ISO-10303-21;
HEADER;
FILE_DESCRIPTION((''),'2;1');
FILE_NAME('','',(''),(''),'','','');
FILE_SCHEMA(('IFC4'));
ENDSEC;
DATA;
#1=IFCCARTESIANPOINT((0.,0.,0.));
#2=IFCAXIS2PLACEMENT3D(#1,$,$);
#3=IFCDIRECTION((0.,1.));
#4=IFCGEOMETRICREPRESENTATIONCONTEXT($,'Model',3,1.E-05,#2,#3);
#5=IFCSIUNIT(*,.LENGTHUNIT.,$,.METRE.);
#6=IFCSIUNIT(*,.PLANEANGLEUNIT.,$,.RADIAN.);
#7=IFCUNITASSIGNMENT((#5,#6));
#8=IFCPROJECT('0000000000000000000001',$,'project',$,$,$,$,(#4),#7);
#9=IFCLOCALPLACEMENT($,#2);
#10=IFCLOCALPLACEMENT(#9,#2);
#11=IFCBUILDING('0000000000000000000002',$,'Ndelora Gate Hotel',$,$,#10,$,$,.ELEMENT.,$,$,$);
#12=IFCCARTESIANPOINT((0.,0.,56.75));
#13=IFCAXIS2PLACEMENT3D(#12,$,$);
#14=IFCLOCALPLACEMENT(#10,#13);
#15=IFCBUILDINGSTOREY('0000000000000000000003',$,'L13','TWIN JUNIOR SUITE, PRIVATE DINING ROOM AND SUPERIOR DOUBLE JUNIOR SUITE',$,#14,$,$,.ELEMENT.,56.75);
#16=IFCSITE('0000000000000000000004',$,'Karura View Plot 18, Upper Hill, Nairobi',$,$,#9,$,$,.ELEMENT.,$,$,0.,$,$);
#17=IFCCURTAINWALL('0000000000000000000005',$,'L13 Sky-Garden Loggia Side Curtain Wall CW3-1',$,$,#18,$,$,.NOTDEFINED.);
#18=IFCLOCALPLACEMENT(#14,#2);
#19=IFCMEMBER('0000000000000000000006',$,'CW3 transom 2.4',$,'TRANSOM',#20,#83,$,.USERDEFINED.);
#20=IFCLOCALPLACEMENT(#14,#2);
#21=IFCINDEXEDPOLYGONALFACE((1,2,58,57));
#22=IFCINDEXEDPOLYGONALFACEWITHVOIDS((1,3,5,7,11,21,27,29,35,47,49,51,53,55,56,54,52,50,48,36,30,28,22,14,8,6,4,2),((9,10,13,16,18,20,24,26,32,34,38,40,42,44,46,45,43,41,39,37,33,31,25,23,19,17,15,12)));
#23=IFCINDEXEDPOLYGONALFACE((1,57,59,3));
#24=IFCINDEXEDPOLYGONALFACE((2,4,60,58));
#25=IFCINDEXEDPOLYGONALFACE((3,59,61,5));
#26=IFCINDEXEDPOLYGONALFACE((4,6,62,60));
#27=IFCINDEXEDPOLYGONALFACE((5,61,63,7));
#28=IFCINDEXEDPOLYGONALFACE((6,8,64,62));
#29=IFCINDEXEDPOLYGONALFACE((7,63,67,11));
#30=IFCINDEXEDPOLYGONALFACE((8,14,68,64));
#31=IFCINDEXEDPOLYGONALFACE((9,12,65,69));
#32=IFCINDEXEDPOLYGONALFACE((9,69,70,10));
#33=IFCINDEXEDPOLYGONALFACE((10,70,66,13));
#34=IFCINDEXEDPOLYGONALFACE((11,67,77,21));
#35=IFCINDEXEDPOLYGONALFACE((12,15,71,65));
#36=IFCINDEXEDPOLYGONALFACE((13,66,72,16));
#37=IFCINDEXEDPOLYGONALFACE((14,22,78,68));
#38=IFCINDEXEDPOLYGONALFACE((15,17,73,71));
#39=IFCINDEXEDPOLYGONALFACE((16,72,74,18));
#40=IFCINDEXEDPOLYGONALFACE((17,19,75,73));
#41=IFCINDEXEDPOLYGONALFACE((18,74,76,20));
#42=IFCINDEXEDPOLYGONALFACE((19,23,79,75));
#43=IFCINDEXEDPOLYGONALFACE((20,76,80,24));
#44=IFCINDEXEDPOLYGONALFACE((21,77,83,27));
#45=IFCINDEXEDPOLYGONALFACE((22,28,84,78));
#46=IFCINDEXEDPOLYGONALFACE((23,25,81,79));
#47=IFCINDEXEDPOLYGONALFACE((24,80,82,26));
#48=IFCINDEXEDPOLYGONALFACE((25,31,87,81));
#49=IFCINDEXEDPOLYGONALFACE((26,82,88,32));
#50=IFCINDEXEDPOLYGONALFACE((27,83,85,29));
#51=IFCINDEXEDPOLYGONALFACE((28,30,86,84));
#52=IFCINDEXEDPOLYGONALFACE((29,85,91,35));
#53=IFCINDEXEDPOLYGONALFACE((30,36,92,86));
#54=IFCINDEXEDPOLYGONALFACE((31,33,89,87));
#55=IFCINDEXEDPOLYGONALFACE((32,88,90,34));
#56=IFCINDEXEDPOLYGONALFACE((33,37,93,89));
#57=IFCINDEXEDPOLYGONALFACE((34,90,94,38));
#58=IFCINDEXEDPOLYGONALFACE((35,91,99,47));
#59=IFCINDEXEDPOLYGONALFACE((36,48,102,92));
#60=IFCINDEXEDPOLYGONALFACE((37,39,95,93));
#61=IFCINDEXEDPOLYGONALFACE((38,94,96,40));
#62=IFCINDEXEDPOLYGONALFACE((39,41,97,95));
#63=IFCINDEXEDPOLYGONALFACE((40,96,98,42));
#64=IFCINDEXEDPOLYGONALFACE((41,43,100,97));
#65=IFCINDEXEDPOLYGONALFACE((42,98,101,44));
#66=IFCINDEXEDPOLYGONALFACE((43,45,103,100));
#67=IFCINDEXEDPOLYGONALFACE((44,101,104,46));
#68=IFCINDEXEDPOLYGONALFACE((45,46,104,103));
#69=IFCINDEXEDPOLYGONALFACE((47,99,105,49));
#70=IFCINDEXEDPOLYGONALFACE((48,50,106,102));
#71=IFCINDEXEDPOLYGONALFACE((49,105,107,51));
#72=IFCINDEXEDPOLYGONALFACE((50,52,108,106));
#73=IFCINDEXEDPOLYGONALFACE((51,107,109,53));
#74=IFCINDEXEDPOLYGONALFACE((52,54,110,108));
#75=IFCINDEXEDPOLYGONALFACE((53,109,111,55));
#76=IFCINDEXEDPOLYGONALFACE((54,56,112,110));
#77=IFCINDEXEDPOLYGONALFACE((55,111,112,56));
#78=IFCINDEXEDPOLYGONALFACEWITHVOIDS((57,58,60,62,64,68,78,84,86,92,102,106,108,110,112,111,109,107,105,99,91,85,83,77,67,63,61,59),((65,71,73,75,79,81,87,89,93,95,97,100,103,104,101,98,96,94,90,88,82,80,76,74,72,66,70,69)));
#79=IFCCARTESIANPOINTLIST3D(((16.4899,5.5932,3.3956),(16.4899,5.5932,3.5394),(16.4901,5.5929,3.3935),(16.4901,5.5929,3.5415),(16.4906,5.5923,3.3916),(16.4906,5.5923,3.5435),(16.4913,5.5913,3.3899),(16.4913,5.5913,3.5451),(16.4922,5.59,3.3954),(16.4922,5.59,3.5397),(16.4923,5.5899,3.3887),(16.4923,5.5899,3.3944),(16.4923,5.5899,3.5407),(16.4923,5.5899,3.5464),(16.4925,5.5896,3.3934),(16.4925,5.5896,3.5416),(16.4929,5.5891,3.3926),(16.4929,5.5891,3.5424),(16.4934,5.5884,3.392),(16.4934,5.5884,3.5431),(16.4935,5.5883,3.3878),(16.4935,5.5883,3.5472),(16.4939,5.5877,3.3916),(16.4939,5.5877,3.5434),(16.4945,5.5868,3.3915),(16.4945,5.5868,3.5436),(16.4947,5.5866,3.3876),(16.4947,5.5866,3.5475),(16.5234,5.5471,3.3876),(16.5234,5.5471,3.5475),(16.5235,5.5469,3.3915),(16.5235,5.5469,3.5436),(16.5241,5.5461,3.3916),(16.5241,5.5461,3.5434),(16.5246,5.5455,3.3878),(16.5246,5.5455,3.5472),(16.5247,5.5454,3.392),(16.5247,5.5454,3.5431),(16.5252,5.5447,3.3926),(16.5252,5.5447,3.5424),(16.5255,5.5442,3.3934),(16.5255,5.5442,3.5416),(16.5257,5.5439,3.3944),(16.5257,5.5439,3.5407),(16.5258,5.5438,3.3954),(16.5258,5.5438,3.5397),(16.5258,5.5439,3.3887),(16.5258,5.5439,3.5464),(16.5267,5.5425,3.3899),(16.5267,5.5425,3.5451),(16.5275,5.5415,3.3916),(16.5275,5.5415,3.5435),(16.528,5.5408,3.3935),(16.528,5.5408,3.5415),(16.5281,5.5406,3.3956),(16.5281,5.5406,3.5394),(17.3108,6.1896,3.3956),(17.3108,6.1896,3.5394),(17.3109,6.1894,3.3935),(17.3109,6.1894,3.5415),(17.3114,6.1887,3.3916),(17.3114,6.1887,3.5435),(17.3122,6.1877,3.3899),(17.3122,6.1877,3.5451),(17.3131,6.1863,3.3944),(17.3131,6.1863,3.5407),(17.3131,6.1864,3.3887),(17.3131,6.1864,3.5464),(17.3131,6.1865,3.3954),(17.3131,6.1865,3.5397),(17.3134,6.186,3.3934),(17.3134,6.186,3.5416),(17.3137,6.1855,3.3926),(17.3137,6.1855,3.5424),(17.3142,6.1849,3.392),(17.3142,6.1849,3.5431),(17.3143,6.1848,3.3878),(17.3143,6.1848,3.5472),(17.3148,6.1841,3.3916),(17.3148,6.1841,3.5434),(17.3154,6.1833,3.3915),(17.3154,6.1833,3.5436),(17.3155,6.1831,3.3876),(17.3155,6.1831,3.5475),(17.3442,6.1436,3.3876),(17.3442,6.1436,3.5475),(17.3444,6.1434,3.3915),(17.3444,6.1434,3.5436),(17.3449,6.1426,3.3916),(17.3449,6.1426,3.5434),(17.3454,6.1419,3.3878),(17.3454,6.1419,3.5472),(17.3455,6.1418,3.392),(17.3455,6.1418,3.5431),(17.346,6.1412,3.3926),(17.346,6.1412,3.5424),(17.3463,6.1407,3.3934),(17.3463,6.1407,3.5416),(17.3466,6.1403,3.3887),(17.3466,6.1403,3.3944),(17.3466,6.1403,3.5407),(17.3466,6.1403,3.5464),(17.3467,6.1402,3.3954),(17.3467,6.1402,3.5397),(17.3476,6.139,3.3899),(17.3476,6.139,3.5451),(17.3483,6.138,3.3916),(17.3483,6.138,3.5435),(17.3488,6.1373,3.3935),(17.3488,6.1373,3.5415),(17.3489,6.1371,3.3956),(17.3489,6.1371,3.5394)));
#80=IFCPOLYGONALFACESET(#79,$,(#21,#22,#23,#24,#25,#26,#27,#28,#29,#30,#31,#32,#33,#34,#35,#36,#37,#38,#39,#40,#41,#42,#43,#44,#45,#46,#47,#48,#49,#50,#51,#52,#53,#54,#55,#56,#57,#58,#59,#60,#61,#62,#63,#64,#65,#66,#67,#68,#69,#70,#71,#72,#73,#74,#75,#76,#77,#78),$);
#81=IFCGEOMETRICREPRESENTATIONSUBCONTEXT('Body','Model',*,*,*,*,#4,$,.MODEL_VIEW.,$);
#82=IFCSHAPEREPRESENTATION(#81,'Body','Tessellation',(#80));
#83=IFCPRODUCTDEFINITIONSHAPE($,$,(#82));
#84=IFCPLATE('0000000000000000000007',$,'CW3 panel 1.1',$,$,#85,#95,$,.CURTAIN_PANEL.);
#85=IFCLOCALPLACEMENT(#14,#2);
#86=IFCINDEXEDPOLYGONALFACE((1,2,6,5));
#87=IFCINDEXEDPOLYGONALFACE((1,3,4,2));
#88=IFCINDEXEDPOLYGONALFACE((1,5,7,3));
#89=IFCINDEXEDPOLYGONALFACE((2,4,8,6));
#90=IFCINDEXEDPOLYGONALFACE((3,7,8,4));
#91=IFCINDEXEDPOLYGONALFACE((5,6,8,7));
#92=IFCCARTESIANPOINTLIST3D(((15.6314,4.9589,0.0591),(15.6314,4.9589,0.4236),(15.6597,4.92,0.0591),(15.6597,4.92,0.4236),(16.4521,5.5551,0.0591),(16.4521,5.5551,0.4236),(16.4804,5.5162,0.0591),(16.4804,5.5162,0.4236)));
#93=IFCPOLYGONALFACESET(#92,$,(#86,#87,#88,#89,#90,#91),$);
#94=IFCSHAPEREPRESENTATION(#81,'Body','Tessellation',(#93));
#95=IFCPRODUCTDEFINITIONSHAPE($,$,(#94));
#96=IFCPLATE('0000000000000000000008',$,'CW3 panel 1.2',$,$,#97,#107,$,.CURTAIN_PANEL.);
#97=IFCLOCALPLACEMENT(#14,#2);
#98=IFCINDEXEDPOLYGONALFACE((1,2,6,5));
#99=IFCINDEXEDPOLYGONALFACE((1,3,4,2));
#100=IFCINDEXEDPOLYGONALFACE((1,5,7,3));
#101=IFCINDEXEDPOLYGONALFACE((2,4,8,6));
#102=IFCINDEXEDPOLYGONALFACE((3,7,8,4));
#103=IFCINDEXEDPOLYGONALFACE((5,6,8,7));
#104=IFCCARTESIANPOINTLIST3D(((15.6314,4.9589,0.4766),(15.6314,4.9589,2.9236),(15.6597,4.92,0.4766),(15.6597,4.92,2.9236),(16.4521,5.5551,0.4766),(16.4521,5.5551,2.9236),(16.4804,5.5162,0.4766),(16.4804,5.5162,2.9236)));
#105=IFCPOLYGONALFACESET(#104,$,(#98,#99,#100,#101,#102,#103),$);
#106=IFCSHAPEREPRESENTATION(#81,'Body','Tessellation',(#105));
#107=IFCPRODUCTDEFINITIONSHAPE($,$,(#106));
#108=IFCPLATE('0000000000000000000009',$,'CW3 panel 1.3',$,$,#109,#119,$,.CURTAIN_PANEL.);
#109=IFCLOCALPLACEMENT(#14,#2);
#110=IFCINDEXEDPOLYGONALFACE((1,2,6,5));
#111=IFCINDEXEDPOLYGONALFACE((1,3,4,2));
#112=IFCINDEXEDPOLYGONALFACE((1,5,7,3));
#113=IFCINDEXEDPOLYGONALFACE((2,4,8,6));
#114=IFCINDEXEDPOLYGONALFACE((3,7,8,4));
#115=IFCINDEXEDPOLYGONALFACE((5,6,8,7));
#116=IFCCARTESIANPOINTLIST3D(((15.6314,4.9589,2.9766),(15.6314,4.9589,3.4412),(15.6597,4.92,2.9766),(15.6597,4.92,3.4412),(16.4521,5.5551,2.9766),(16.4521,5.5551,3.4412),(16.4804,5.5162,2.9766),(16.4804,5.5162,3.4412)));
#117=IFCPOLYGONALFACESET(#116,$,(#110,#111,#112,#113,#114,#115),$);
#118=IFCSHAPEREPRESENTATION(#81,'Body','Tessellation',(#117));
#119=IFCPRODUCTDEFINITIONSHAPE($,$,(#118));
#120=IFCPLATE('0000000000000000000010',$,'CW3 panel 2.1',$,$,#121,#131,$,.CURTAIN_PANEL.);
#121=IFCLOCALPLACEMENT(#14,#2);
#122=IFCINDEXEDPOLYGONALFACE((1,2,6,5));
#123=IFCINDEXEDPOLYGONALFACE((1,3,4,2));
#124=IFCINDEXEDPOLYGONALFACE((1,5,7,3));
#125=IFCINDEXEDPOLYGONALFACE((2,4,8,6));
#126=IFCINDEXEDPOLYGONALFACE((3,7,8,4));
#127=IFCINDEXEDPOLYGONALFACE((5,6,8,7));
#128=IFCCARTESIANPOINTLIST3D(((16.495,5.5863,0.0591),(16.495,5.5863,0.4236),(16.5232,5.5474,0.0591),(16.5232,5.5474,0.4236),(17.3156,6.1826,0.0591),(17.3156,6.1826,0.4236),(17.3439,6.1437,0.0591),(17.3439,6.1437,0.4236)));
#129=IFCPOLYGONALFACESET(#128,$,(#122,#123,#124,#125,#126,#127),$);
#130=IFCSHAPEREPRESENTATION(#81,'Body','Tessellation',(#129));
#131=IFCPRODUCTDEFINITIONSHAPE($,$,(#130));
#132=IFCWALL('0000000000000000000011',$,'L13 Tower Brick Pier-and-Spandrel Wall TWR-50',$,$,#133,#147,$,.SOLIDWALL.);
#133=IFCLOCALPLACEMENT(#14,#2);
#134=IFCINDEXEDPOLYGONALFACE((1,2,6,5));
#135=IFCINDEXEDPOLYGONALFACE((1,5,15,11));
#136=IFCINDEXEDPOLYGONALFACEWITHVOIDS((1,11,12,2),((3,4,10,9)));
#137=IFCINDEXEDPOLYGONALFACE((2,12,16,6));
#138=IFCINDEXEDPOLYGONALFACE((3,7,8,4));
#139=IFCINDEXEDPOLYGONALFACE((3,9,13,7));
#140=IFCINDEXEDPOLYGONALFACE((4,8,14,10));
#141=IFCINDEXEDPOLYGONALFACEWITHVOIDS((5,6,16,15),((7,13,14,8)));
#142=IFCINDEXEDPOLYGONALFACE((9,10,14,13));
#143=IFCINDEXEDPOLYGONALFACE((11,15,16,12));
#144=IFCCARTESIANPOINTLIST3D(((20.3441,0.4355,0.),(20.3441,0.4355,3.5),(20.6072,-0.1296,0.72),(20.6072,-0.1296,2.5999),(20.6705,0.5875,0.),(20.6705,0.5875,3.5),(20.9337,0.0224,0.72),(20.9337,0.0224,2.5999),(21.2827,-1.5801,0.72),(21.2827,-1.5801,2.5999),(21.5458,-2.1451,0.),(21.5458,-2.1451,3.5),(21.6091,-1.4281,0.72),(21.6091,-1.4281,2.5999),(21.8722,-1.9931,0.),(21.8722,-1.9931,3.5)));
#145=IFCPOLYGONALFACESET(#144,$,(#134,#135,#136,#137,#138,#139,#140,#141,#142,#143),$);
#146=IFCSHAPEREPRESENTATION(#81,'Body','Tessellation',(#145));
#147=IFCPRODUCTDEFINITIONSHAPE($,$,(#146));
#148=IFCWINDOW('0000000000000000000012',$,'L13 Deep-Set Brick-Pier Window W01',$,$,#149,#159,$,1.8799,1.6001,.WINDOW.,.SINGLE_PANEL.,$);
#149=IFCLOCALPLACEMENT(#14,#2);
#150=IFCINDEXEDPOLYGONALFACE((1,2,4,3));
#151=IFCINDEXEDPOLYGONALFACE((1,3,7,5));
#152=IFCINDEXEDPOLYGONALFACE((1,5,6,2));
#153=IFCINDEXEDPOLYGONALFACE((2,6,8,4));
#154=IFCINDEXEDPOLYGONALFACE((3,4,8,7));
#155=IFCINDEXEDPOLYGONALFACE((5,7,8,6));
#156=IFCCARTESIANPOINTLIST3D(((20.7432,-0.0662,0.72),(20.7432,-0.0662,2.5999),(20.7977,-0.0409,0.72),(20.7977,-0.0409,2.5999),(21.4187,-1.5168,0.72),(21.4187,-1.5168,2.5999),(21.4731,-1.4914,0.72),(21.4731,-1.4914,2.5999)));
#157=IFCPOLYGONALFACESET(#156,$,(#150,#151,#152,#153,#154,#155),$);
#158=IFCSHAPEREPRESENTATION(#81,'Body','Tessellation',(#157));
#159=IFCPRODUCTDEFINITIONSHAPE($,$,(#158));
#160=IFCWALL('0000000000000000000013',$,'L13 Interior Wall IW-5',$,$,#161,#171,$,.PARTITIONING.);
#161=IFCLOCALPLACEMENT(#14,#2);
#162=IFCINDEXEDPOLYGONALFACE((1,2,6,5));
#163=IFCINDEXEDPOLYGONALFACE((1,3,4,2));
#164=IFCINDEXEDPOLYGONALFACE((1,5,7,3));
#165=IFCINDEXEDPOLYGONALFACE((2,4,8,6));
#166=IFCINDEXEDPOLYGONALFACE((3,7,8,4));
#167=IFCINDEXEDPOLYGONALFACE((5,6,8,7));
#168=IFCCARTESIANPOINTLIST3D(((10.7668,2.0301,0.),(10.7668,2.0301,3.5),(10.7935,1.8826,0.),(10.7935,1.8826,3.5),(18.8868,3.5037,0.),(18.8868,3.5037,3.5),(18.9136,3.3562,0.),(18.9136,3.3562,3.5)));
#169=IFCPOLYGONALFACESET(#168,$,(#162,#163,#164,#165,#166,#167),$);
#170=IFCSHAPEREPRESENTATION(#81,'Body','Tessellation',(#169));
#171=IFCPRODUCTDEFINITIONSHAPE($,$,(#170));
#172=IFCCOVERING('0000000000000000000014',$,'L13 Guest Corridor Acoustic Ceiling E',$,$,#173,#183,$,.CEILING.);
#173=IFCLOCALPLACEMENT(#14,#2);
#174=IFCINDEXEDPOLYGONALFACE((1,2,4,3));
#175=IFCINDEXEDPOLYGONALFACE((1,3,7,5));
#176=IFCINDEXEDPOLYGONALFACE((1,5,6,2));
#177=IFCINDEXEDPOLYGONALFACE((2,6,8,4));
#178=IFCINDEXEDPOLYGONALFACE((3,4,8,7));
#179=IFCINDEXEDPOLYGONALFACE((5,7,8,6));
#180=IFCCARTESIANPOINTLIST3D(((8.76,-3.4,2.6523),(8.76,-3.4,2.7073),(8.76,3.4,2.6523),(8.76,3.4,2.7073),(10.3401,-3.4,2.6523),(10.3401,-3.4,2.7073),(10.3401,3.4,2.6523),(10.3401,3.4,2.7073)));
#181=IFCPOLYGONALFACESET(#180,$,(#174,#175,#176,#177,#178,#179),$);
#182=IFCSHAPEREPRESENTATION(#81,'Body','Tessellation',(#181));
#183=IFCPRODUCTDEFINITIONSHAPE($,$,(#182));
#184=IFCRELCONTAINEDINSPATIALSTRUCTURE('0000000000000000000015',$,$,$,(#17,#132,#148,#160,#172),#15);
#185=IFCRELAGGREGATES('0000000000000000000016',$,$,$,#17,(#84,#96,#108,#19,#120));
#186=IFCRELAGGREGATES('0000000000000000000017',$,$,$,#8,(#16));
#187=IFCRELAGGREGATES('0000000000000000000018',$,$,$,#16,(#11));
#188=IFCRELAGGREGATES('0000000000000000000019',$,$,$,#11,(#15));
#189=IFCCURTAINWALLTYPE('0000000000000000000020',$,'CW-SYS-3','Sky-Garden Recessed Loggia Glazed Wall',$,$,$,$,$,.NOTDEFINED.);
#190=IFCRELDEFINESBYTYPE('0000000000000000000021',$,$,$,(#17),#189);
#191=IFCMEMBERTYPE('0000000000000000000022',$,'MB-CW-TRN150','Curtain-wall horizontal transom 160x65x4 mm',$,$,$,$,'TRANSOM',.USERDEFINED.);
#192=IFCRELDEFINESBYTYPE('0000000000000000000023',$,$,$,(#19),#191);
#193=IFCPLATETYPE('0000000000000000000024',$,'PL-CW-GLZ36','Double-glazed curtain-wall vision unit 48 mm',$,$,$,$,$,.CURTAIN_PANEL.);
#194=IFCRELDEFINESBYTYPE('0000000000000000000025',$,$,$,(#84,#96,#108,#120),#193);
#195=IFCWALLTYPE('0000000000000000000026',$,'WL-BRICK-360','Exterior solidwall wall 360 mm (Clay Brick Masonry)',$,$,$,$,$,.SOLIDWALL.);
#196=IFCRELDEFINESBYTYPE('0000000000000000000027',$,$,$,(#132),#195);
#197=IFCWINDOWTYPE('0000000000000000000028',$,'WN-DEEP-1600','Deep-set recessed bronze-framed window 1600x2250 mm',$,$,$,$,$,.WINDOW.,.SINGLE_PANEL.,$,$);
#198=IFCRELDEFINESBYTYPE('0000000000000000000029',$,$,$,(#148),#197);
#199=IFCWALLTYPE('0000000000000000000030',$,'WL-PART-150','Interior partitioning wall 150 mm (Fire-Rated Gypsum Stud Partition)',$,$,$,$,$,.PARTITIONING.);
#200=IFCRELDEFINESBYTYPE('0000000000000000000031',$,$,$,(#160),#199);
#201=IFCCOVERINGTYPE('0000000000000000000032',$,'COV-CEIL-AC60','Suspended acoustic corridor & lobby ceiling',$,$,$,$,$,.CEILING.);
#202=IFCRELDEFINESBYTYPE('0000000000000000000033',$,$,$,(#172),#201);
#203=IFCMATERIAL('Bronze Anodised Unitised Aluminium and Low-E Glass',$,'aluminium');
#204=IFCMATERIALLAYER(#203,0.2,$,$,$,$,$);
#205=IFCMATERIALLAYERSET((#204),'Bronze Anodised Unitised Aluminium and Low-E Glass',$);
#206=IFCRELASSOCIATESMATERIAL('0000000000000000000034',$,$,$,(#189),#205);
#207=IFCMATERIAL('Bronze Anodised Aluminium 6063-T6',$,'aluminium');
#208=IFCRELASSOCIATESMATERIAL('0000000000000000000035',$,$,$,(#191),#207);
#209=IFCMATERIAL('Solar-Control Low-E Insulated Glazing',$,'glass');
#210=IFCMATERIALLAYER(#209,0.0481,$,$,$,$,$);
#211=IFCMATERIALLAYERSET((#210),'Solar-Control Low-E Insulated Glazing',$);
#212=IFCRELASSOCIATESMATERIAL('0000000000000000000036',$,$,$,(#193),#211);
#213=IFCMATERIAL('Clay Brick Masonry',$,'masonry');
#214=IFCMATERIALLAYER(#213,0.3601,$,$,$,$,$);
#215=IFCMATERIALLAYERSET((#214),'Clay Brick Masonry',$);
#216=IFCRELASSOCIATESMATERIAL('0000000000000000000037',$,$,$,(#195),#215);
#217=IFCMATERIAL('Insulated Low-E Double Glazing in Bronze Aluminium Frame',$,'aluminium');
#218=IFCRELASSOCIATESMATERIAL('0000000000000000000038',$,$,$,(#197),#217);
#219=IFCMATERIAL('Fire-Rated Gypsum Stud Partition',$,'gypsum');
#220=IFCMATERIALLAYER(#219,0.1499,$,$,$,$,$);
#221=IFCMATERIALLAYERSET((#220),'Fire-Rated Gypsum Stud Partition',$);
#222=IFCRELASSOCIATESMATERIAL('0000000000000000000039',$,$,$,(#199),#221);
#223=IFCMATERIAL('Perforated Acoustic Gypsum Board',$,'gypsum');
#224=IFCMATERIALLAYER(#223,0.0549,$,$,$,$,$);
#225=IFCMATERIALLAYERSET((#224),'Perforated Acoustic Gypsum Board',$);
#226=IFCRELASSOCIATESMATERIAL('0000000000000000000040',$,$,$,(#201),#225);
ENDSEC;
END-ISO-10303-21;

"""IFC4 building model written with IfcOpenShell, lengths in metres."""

from ifc_helpers import new_model, si_unit, direction, frame, frame_2d, origin, origin_2d, place, context, subcontext, project, spatial, rectangle, hollow_rectangle, extrude, material, layer, layer_set, material_profile, profile_set, type_object, element, fill, aggregate, save


model = new_model("IFC4")

# Units and contexts
model_context = context("Model", 3, precision=1e-05, world=origin(), true_north=direction((0.0, 1.0)))
body_context = subcontext(model_context, "Body", "Model", "MODEL_VIEW")
ifc_project = project(units=[si_unit("LENGTHUNIT", "METRE"), si_unit("PLANEANGLEUNIT", "RADIAN")], contexts=[model_context])

# Site, building, storey
site_placement = place(None, origin())
site = spatial("IfcSite", under=ifc_project, at=site_placement, Name="Karura View Plot 18, Upper Hill, Nairobi", CompositionType="ELEMENT", RefElevation=0.0)
building_placement = place(site_placement, origin())
building = spatial("IfcBuilding", under=site, at=building_placement, Name="Ndelora Gate Hotel", CompositionType="ELEMENT")
storey_placement = place(building_placement, frame((0.0, 0.0, 56.75)))
storey = spatial("IfcBuildingStorey", under=building, at=storey_placement, Name="L13", Description="TWIN JUNIOR SUITE, PRIVATE DINING ROOM AND SUPERIOR DOUBLE JUNIOR SUITE", CompositionType="ELEMENT", Elevation=56.75)

# Curtain wall, member, plates
ifc_material_1 = material(Name="Bronze Anodised Unitised Aluminium and Low-E Glass", Category="aluminium")
ifc_layer_1 = layer(ifc_material_1, 0.2)
ifc_layer_set_1 = layer_set([ifc_layer_1], Name="Bronze Anodised Unitised Aluminium and Low-E Glass")
curtain_wall_type = type_object("IfcCurtainWallType", Name="CW-SYS-3", Description="Sky-Garden Recessed Loggia Glazed Wall", PredefinedType="NOTDEFINED", material=ifc_layer_set_1)
curtain_wall_placement = place(storey_placement, origin())
curtain_wall = element("IfcCurtainWall", 1, at=curtain_wall_placement, inside=storey, type_object=curtain_wall_type, Name="L13 Sky-Garden Loggia Side Curtain Wall CW3-1", PredefinedType="NOTDEFINED")
ifc_material_2 = material(Name="Bronze Anodised Aluminium 6063-T6", Category="aluminium")
ifc_material_profile_1 = material_profile(ifc_material_2, hollow_rectangle(XDim=0.0649, YDim=0.1599, WallThickness=0.0039, InnerFilletRadius=0.0039, OuterFilletRadius=0.0081, at=origin_2d()), Name="ALU 160x65x4")
ifc_profile_set_1 = profile_set([ifc_material_profile_1], Name="Bronze Anodised Aluminium 6063-T6")
member_type_1 = type_object("IfcMemberType", Name="MB-CW-TRN150", Description="Curtain-wall horizontal transom 160x65x4 mm", ElementType="TRANSOM", PredefinedType="USERDEFINED", material=ifc_profile_set_1)
member_1_placement = place(storey_placement, frame((16.509, 5.5669, 3.4675), z_axis=(0.808975, 0.587843, 0.0), x_axis=(-0.587843, 0.808975, 0.0)))
member_1 = element("IfcMember", 2, at=member_1_placement, type_object=member_type_1, Name="CW3 transom 2.4", ObjectType="TRANSOM", PredefinedType="USERDEFINED", context=body_context, shape_type="SweptSolid", body=[
    extrude(hollow_rectangle(XDim=0.0649, YDim=0.1599, WallThickness=0.0039, InnerFilletRadius=0.0039, OuterFilletRadius=0.0081, at=origin_2d()), origin(), (0.0, 0.0, 1.0), 1.0146),
])
ifc_material_3 = material(Name="Solar-Control Low-E Insulated Glazing", Category="glass")
ifc_layer_2 = layer(ifc_material_3, 0.0481)
ifc_layer_set_2 = layer_set([ifc_layer_2], Name="Solar-Control Low-E Insulated Glazing")
plate_type = type_object("IfcPlateType", Name="PL-CW-GLZ36", Description="Double-glazed curtain-wall vision unit 48 mm", PredefinedType="CURTAIN_PANEL", material=ifc_layer_set_2)
plate_1_placement = place(storey_placement, frame((16.0559, 5.2375, 0.0591), z_axis=(0.0, 0.0, 1.0), x_axis=(0.809017, 0.587785, 0.0)))
plate_1 = element("IfcPlate", 3, at=plate_1_placement, type_object=plate_type, Name="CW3 panel 1.1", PredefinedType="CURTAIN_PANEL", context=body_context, shape_type="SweptSolid", body=[
    extrude(rectangle(XDim=1.0144, YDim=0.0481, at=origin_2d()), origin(), (0.0, 0.0, 1.0), 0.3645),
])
plate_2_placement = place(storey_placement, frame((16.0559, 5.2375, 0.4766), z_axis=(0.0, 0.0, 1.0), x_axis=(0.809017, 0.587785, 0.0)))
plate_2 = element("IfcPlate", 4, at=plate_2_placement, type_object=plate_type, Name="CW3 panel 1.2", PredefinedType="CURTAIN_PANEL", context=body_context, shape_type="SweptSolid", body=[
    extrude(rectangle(XDim=1.0144, YDim=0.0481, at=origin_2d()), origin(), (0.0, 0.0, 1.0), 2.447),
])
plate_3_placement = place(storey_placement, frame((16.0559, 5.2375, 2.9766), z_axis=(0.0, 0.0, 1.0), x_axis=(0.809017, 0.587785, 0.0)))
plate_3 = element("IfcPlate", 5, at=plate_3_placement, type_object=plate_type, Name="CW3 panel 1.3", PredefinedType="CURTAIN_PANEL", context=body_context, shape_type="SweptSolid", body=[
    extrude(rectangle(XDim=1.0144, YDim=0.0481, at=origin_2d()), origin(), (0.0, 0.0, 1.0), 0.4646),
])
plate_4_placement = place(storey_placement, frame((16.9194, 5.865, 0.0591), z_axis=(0.0, 0.0, 1.0), x_axis=(0.809017, 0.587785, 0.0)))
plate_4 = element("IfcPlate", 6, at=plate_4_placement, type_object=plate_type, Name="CW3 panel 2.1", PredefinedType="CURTAIN_PANEL", context=body_context, shape_type="SweptSolid", body=[
    extrude(rectangle(XDim=1.0144, YDim=0.0481, at=origin_2d()), origin(), (0.0, 0.0, 1.0), 0.3645),
])
aggregate(curtain_wall, [plate_1, plate_2, plate_3, member_1, plate_4])

# Wall, opening, window
ifc_material_4 = material(Name="Clay Brick Masonry", Category="masonry")
ifc_layer_3 = layer(ifc_material_4, 0.3601)
ifc_layer_set_3 = layer_set([ifc_layer_3], Name="Clay Brick Masonry")
wall_type_1 = type_object("IfcWallType", Name="WL-BRICK-360", Description="Exterior solidwall wall 360 mm (Clay Brick Masonry)", PredefinedType="SOLIDWALL", material=ifc_layer_set_3)
wall_1_placement = place(storey_placement, frame((20.5073, 0.5115, 0.0), z_axis=(0.0, 0.0, 1.0), x_axis=(0.422134, -0.906533, 0.0)))
wall_1 = element("IfcWall", 7, at=wall_1_placement, inside=storey, type_object=wall_type_1, Name="L13 Tower Brick Pier-and-Spandrel Wall TWR-50", PredefinedType="SOLIDWALL", context=body_context, shape_type="SweptSolid", body=[
    extrude(rectangle(XDim=2.8467, YDim=0.3601, at=frame_2d((1.4233, 0.0))), origin(), (0.0, 0.0, 1.0), 3.5),
])
opening_1_placement = place(wall_1_placement, frame((0.6233, 0.0, 0.72)))
opening_1 = element("IfcOpeningElement", 8, at=opening_1_placement, cuts=wall_1, PredefinedType="OPENING", context=body_context, shape_type="SweptSolid", body=[
    extrude(rectangle(XDim=1.6001, YDim=1.8799, at=frame_2d((0.8, 0.9399))), frame((0.0, 0.1899, 0.0), z_axis=(0.0, -1.0, 0.0), x_axis=(1.0, 0.0, 0.0)), (0.0, 0.0, 1.0), 0.3801),
])
ifc_material_5 = material(Name="Insulated Low-E Double Glazing in Bronze Aluminium Frame", Category="aluminium")
window_type = type_object("IfcWindowType", Name="WN-DEEP-1600", Description="Deep-set recessed bronze-framed window 1600x2250 mm", PartitioningType="SINGLE_PANEL", PredefinedType="WINDOW", material=ifc_material_5)
window_placement = place(opening_1_placement, origin())
window = element("IfcWindow", 9, at=window_placement, inside=storey, type_object=window_type, Name="L13 Deep-Set Brick-Pier Window W01", OverallHeight=1.8799, OverallWidth=1.6001, PartitioningType="SINGLE_PANEL", PredefinedType="WINDOW", context=body_context, shape_type="SweptSolid", body=[
    extrude(rectangle(XDim=1.6001, YDim=1.8799, at=frame_2d((0.8, 0.9399))), frame((0.0, 0.03, 0.0), z_axis=(0.0, -1.0, 0.0), x_axis=(1.0, 0.0, 0.0)), (0.0, 0.0, 1.0), 0.0601),
])
fill(opening_1, window)

# Wall
ifc_material_6 = material(Name="Fire-Rated Gypsum Stud Partition", Category="gypsum")
ifc_layer_4 = layer(ifc_material_6, 0.1499)
ifc_layer_set_4 = layer_set([ifc_layer_4], Name="Fire-Rated Gypsum Stud Partition")
wall_type_2 = type_object("IfcWallType", Name="WL-PART-150", Description="Interior partitioning wall 150 mm (Fire-Rated Gypsum Stud Partition)", PredefinedType="PARTITIONING", material=ifc_layer_set_4)
wall_2_placement = place(storey_placement, frame((10.78, 1.9563, 0.0), z_axis=(0.0, 0.0, 1.0), x_axis=(0.983929, 0.178563, 0.0)))
element("IfcWall", 10, at=wall_2_placement, inside=storey, type_object=wall_type_2, Name="L13 Interior Wall IW-5", PredefinedType="PARTITIONING", context=body_context, shape_type="SweptSolid", body=[
    extrude(rectangle(XDim=8.2527, YDim=0.1499, at=frame_2d((4.1265, 0.0))), origin(), (0.0, 0.0, 1.0), 3.5),
])

# Covering
ifc_material_7 = material(Name="Perforated Acoustic Gypsum Board", Category="gypsum")
ifc_layer_5 = layer(ifc_material_7, 0.0549)
ifc_layer_set_5 = layer_set([ifc_layer_5], Name="Perforated Acoustic Gypsum Board")
covering_type_1 = type_object("IfcCoveringType", Name="COV-CEIL-AC60", Description="Suspended acoustic corridor & lobby ceiling", PredefinedType="CEILING", material=ifc_layer_set_5)
covering_1_placement = place(storey_placement, frame((9.55, 0.0, 2.6523), z_axis=(0.0, 0.0, 1.0), x_axis=(1.0, 0.0, 0.0)))
element("IfcCovering", 11, at=covering_1_placement, inside=storey, type_object=covering_type_1, Name="L13 Guest Corridor Acoustic Ceiling E", PredefinedType="CEILING", context=body_context, shape_type="SweptSolid", body=[
    extrude(rectangle(XDim=1.5801, YDim=6.8, at=origin_2d()), origin(), (0.0, 0.0, 1.0), 0.0549),
])

save(model, "model.ifc")
